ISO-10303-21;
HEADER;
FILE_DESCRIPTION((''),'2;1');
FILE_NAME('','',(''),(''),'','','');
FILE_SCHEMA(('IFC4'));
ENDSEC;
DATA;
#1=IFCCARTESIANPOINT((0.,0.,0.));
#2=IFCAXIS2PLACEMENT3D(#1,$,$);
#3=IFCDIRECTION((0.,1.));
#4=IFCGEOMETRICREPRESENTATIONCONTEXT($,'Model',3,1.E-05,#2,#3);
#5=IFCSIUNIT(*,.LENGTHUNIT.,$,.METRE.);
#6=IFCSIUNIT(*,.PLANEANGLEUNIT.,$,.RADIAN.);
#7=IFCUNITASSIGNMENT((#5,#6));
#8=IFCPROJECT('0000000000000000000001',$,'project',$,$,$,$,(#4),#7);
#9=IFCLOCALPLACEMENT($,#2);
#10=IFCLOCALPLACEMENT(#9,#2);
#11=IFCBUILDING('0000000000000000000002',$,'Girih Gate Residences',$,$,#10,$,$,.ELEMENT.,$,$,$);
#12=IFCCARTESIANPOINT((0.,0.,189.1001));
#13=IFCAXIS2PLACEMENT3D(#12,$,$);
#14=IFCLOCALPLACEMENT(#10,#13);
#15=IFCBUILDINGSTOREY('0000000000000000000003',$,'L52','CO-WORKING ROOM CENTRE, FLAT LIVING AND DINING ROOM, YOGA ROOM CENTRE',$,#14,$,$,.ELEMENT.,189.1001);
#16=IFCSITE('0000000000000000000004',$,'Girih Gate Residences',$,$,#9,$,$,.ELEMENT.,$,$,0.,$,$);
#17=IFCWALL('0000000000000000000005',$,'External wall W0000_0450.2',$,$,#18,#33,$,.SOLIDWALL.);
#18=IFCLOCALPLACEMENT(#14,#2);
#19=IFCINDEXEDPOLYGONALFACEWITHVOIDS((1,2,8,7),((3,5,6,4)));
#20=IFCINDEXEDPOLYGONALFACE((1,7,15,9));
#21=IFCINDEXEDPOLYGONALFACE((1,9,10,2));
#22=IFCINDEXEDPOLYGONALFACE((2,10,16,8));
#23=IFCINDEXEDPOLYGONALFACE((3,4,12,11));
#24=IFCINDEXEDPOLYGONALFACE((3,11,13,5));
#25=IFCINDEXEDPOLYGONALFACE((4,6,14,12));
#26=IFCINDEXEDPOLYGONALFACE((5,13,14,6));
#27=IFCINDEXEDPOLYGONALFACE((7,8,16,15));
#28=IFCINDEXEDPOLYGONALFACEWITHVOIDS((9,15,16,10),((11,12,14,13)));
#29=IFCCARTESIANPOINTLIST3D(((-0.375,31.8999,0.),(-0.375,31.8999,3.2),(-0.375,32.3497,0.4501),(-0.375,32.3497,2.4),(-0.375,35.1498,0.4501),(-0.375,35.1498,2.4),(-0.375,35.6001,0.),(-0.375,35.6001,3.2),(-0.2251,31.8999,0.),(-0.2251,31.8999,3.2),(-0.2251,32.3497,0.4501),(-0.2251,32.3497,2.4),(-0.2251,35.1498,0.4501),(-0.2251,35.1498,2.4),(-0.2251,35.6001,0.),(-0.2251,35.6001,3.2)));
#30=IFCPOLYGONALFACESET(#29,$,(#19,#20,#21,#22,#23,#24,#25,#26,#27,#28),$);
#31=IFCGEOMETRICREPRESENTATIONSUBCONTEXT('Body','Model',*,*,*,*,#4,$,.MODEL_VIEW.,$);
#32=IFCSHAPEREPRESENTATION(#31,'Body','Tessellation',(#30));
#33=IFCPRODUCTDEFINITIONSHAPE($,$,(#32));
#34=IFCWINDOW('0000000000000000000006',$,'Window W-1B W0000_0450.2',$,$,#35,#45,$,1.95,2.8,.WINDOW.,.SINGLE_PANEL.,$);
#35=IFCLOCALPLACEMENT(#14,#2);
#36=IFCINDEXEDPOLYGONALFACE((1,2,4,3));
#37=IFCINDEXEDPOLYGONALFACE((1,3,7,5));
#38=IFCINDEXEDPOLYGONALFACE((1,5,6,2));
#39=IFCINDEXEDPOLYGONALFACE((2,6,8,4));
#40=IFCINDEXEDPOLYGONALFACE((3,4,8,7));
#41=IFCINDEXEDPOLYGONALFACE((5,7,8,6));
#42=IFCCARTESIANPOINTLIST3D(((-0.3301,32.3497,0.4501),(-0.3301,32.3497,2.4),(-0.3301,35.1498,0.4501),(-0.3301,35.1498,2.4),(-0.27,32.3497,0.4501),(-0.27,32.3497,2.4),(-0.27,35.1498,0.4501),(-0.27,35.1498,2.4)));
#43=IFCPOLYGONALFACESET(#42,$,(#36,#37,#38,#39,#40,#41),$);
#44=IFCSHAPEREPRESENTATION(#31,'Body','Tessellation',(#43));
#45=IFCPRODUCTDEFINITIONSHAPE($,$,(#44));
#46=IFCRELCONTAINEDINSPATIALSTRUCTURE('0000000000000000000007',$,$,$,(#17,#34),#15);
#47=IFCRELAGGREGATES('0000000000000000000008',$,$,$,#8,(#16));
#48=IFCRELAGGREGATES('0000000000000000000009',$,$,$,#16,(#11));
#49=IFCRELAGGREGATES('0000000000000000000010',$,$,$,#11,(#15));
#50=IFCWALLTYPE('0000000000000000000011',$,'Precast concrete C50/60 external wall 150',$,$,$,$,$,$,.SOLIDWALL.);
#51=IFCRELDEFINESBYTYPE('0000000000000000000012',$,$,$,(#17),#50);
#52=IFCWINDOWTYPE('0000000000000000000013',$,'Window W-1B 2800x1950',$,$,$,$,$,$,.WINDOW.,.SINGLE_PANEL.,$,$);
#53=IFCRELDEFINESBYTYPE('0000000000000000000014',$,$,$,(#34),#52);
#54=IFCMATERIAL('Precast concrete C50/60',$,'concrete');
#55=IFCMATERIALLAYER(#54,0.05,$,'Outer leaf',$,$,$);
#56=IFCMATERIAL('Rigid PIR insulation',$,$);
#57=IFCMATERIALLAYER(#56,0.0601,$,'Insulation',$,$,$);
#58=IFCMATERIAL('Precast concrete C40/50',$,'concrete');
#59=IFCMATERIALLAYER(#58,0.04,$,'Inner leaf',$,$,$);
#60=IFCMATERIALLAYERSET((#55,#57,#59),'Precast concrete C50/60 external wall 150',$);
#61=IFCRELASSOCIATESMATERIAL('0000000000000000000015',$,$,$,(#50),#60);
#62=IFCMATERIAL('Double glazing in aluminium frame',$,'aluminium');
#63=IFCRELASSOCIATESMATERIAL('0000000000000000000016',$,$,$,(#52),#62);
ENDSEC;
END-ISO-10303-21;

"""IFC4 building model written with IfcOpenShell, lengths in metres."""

from ifc_helpers import new_model, si_unit, direction, frame, frame_2d, origin, place, context, subcontext, project, spatial, rectangle, extrude, material, layer, layer_set, type_object, element, fill, save


model = new_model("IFC4")

# Units and contexts
model_context = context("Model", 3, precision=1e-05, world=origin(), true_north=direction((0.0, 1.0)))
body_context = subcontext(model_context, "Body", "Model", "MODEL_VIEW")
ifc_project = project(units=[si_unit("LENGTHUNIT", "METRE"), si_unit("PLANEANGLEUNIT", "RADIAN")], contexts=[model_context])

# Site, building, storey
site_placement = place(None, origin())
site = spatial("IfcSite", under=ifc_project, at=site_placement, Name="Girih Gate Residences", CompositionType="ELEMENT", RefElevation=0.0)
building_placement = place(site_placement, origin())
building = spatial("IfcBuilding", under=site, at=building_placement, Name="Girih Gate Residences", CompositionType="ELEMENT")
storey_placement = place(building_placement, frame((0.0, 0.0, 189.1001)))
storey = spatial("IfcBuildingStorey", under=building, at=storey_placement, Name="L52", Description="CO-WORKING ROOM CENTRE, FLAT LIVING AND DINING ROOM, YOGA ROOM CENTRE", CompositionType="ELEMENT", Elevation=189.1001)

# Wall, opening, window
ifc_material_1 = material(Name="Precast concrete C50/60", Category="concrete")
ifc_layer_1 = layer(ifc_material_1, 0.05, Name="Outer leaf")
ifc_material_2 = material(Name="Rigid PIR insulation")
ifc_layer_2 = layer(ifc_material_2, 0.0601, Name="Insulation")
ifc_material_3 = material(Name="Precast concrete C40/50", Category="concrete")
ifc_layer_3 = layer(ifc_material_3, 0.04, Name="Inner leaf")
ifc_layer_set_1 = layer_set([ifc_layer_1, ifc_layer_2, ifc_layer_3], Name="Precast concrete C50/60 external wall 150")
wall_type_1 = type_object("IfcWallType", Name="Precast concrete C50/60 external wall 150", PredefinedType="SOLIDWALL", material=ifc_layer_set_1)
ifc_material_4 = material(Name="Double glazing in aluminium frame", Category="aluminium")
window_type = type_object("IfcWindowType", Name="Window W-1B 2800x1950", PartitioningType="SINGLE_PANEL", PredefinedType="WINDOW", material=ifc_material_4)
wall_1_placement = place(storey_placement, frame((-0.3, 31.8999, 0.0), z_axis=(0.0, 0.0, 1.0), x_axis=(0.0, 1.0, 0.0)))
wall_1 = element("IfcWall", 1, at=wall_1_placement, inside=storey, type_object=wall_type_1, Name="External wall W0000_0450.2", PredefinedType="SOLIDWALL", context=body_context, shape_type="SweptSolid", body=[
    extrude(rectangle(XDim=3.7002, YDim=0.1499, at=frame_2d((1.8501, 0.0))), origin(), (0.0, 0.0, 1.0), 3.2),
])
opening_1_placement = place(wall_1_placement, frame((0.45, 0.0, 0.45)))
opening_1 = element("IfcOpeningElement", 2, at=opening_1_placement, cuts=wall_1, PredefinedType="OPENING", context=body_context, shape_type="SweptSolid", body=[
    extrude(rectangle(XDim=2.8, YDim=1.95, at=frame_2d((1.3999, 0.9751))), frame((0.0, 0.085, 0.0), z_axis=(0.0, -1.0, 0.0), x_axis=(1.0, 0.0, 0.0)), (0.0, 0.0, 1.0), 0.1699),
])
window_1_placement = place(opening_1_placement, origin())
window_1 = element("IfcWindow", 3, at=window_1_placement, inside=storey, type_object=window_type, Name="Window W-1B W0000_0450.2", OverallHeight=1.95, OverallWidth=2.8, PartitioningType="SINGLE_PANEL", PredefinedType="WINDOW", context=body_context, shape_type="SweptSolid", body=[
    extrude(rectangle(XDim=2.8, YDim=1.95, at=frame_2d((1.3999, 0.9751))), frame((0.0, 0.03, 0.0), z_axis=(0.0, -1.0, 0.0), x_axis=(1.0, 0.0, 0.0)), (0.0, 0.0, 1.0), 0.0601),
])
fill(opening_1, window_1)

save(model, "model.ifc")
